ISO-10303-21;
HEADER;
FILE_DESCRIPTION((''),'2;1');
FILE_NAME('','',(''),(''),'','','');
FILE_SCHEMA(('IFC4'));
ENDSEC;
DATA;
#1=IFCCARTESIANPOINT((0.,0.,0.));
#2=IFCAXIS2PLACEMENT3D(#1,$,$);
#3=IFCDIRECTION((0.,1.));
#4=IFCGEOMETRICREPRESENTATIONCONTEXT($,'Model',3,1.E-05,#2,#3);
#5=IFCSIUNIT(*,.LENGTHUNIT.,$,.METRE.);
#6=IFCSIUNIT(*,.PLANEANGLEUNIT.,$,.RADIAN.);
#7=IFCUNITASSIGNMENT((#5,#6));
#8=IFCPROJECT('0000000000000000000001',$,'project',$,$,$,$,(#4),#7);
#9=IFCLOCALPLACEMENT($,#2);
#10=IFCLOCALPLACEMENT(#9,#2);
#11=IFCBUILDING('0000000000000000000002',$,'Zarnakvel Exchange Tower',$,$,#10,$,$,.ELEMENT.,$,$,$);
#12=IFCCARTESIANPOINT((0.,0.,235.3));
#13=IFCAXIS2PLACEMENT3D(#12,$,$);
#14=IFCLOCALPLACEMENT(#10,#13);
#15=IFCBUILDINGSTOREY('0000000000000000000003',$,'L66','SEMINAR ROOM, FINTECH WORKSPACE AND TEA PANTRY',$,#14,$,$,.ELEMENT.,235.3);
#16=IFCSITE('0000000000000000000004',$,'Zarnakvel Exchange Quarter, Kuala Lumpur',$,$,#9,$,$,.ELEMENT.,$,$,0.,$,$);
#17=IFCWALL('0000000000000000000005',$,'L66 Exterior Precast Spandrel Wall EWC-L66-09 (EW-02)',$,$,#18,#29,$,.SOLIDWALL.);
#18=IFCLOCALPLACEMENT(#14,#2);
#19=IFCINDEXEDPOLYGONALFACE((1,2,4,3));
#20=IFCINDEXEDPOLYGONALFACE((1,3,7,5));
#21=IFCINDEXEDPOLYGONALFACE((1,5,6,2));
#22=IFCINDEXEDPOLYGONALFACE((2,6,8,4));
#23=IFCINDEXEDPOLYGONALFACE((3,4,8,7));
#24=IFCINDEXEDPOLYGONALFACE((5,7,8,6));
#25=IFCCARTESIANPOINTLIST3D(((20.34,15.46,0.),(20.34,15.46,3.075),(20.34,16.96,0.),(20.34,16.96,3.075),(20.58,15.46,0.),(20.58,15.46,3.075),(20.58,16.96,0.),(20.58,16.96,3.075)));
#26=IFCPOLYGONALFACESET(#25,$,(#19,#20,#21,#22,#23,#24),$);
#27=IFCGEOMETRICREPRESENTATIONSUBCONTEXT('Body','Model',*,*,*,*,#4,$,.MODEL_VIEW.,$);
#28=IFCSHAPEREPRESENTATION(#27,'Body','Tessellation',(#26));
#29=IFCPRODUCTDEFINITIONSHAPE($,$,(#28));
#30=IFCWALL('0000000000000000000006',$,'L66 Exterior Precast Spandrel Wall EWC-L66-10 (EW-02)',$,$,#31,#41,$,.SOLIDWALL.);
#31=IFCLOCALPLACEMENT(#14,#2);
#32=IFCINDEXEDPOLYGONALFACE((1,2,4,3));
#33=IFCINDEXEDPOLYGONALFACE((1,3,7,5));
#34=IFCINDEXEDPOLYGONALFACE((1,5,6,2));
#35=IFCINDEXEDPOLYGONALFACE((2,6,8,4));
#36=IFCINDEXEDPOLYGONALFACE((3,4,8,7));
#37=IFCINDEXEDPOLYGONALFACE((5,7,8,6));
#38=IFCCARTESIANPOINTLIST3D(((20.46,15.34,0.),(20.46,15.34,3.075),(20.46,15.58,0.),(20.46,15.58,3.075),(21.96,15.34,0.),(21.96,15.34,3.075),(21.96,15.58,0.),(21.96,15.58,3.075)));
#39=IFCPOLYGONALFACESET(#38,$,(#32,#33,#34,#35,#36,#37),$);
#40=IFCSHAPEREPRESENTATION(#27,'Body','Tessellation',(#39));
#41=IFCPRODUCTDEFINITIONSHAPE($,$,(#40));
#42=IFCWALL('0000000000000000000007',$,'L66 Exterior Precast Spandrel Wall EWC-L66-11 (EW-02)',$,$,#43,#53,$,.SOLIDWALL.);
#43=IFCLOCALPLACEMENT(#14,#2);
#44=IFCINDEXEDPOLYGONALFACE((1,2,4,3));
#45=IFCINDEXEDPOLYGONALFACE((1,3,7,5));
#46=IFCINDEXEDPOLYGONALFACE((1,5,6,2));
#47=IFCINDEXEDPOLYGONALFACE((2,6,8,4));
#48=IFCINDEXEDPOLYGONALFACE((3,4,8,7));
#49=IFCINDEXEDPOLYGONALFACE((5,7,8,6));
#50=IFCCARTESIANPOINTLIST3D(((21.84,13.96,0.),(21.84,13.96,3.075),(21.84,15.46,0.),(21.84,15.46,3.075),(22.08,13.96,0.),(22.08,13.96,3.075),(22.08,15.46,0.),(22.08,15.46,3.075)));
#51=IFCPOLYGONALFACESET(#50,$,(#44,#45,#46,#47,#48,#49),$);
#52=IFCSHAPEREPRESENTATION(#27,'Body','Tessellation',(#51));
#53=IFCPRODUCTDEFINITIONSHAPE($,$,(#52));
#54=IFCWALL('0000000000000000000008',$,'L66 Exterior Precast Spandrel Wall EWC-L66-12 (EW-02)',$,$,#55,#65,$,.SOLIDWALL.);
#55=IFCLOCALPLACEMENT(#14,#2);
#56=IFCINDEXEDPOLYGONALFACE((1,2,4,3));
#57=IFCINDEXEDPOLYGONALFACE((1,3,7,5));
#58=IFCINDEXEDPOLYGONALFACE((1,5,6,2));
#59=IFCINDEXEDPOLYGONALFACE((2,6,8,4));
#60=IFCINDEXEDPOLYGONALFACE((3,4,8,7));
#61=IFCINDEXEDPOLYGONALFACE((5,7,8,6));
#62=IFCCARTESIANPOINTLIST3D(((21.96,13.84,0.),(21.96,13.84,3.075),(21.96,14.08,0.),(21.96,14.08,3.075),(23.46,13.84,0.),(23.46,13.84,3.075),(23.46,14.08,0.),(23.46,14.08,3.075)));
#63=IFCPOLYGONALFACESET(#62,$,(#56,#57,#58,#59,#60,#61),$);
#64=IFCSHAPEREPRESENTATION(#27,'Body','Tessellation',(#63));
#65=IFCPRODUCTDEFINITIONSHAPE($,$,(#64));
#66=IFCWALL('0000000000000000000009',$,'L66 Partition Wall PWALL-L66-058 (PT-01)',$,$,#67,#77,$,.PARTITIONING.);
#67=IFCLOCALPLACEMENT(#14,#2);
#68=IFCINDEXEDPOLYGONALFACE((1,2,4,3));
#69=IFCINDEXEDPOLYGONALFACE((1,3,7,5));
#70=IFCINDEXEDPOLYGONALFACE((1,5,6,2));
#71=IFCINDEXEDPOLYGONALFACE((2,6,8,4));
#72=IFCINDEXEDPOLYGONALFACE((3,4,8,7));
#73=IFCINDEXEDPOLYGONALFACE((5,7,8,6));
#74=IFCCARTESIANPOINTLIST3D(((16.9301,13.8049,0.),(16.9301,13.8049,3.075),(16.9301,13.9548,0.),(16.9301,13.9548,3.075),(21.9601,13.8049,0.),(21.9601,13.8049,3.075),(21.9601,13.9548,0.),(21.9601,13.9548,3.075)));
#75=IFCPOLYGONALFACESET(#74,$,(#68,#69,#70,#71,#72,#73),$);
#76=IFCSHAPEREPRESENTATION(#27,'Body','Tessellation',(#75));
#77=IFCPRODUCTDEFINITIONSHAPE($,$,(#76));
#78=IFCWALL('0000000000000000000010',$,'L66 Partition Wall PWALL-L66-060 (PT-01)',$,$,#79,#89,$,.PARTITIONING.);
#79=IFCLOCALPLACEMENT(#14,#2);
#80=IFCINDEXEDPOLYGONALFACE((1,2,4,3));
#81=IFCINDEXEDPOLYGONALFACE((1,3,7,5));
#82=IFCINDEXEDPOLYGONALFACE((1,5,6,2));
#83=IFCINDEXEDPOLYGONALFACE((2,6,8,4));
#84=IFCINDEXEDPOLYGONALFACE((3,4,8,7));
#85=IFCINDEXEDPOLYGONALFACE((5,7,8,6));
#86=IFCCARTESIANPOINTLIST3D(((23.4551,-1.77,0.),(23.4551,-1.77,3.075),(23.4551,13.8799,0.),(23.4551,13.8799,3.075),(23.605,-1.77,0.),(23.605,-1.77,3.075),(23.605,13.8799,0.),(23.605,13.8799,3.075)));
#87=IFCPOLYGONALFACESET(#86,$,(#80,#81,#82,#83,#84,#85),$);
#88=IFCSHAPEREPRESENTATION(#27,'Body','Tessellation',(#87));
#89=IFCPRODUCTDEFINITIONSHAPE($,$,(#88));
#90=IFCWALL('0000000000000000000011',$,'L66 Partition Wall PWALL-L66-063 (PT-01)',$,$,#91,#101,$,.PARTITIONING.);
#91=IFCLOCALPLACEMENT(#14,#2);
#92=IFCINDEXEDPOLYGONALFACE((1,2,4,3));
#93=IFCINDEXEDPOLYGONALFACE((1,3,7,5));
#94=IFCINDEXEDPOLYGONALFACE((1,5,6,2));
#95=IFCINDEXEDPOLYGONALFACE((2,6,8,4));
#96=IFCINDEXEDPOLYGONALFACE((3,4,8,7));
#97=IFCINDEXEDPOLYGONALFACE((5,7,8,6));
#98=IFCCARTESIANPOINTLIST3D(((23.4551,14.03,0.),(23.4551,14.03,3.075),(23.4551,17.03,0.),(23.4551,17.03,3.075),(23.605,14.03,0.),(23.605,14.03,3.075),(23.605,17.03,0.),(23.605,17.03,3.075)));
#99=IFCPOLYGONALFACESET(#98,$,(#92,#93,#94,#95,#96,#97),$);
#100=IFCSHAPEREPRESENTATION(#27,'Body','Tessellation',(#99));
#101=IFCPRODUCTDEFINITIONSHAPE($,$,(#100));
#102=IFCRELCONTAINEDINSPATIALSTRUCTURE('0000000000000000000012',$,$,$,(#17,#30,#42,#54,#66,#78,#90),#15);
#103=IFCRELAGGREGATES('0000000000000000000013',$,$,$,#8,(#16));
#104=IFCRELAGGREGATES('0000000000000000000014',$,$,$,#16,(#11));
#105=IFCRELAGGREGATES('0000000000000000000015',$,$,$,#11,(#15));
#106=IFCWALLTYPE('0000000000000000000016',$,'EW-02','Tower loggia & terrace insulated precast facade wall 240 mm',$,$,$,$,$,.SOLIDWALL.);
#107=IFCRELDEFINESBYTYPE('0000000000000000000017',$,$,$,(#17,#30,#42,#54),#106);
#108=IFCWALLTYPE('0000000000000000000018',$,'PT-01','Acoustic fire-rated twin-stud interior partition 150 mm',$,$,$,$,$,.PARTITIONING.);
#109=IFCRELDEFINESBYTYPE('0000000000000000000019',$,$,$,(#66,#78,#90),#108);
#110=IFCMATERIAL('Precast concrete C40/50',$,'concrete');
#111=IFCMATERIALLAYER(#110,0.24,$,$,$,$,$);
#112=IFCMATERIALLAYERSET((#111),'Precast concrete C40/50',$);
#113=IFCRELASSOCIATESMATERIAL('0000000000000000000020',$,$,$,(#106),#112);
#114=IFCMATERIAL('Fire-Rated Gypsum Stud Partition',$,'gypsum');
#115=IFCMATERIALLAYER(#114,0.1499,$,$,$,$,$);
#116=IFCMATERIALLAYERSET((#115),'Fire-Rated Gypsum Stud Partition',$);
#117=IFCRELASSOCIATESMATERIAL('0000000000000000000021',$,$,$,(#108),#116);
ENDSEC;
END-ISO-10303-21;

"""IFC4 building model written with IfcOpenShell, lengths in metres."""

from ifc_helpers import new_model, si_unit, direction, frame, frame_2d, origin, place, context, subcontext, project, spatial, rectangle, extrude, material, layer, layer_set, type_object, element, save


model = new_model("IFC4")

# Units and contexts
model_context = context("Model", 3, precision=1e-05, world=origin(), true_north=direction((0.0, 1.0)))
body_context = subcontext(model_context, "Body", "Model", "MODEL_VIEW")
ifc_project = project(units=[si_unit("LENGTHUNIT", "METRE"), si_unit("PLANEANGLEUNIT", "RADIAN")], contexts=[model_context])

# Site, building, storey
site_placement = place(None, origin())
site = spatial("IfcSite", under=ifc_project, at=site_placement, Name="Zarnakvel Exchange Quarter, Kuala Lumpur", CompositionType="ELEMENT", RefElevation=0.0)
building_placement = place(site_placement, origin())
building = spatial("IfcBuilding", under=site, at=building_placement, Name="Zarnakvel Exchange Tower", CompositionType="ELEMENT")
storey_placement = place(building_placement, frame((0.0, 0.0, 235.3)))
storey = spatial("IfcBuildingStorey", under=building, at=storey_placement, Name="L66", Description="SEMINAR ROOM, FINTECH WORKSPACE AND TEA PANTRY", CompositionType="ELEMENT", Elevation=235.3)

# Walls
ifc_material_1 = material(Name="Precast concrete C40/50", Category="concrete")
ifc_layer_1 = layer(ifc_material_1, 0.24)
ifc_layer_set_1 = layer_set([ifc_layer_1], Name="Precast concrete C40/50")
wall_type_1 = type_object("IfcWallType", Name="EW-02", Description="Tower loggia & terrace insulated precast facade wall 240 mm", PredefinedType="SOLIDWALL", material=ifc_layer_set_1)
for number, where, z_axis, x_axis, name in (
    (1, (20.46, 15.46, 0.0), (0.0, 0.0, 1.0), (0.0, 1.0, 0.0), "L66 Exterior Precast Spandrel Wall EWC-L66-09 (EW-02)"),
    (2, (21.96, 15.46, 0.0), (0.0, 0.0, 1.0), (-1.0, 0.0, 0.0), "L66 Exterior Precast Spandrel Wall EWC-L66-10 (EW-02)"),
    (3, (21.96, 13.96, 0.0), (0.0, 0.0, 1.0), (0.0, 1.0, 0.0), "L66 Exterior Precast Spandrel Wall EWC-L66-11 (EW-02)"),
    (4, (23.46, 13.96, 0.0), (0.0, 0.0, 1.0), (-1.0, 0.0, 0.0), "L66 Exterior Precast Spandrel Wall EWC-L66-12 (EW-02)"),
):
    element("IfcWall", number, at=place(storey_placement, frame(where, z_axis=z_axis, x_axis=x_axis)), inside=storey, type_object=wall_type_1, Name=name, PredefinedType="SOLIDWALL", context=body_context, shape_type="SweptSolid", body=[
        extrude(rectangle(XDim=1.5, YDim=0.24, at=frame_2d((0.75, 0.0))), origin(), (0.0, 0.0, 1.0), 3.075),
    ])
ifc_material_2 = material(Name="Fire-Rated Gypsum Stud Partition", Category="gypsum")
ifc_layer_2 = layer(ifc_material_2, 0.1499)
ifc_layer_set_2 = layer_set([ifc_layer_2], Name="Fire-Rated Gypsum Stud Partition")
wall_type_2 = type_object("IfcWallType", Name="PT-01", Description="Acoustic fire-rated twin-stud interior partition 150 mm", PredefinedType="PARTITIONING", material=ifc_layer_set_2)
wall_1_placement = place(storey_placement, frame((16.9299, 13.8799, 0.0), z_axis=(0.0, 0.0, 1.0), x_axis=(1.0, 0.0, 0.0)))
element("IfcWall", 5, at=wall_1_placement, inside=storey, type_object=wall_type_2, Name="L66 Partition Wall PWALL-L66-058 (PT-01)", PredefinedType="PARTITIONING", context=body_context, shape_type="SweptSolid", body=[
    extrude(rectangle(XDim=5.03, YDim=0.1499, at=frame_2d((2.5151, 0.0))), origin(), (0.0, 0.0, 1.0), 3.075),
])
wall_2_placement = place(storey_placement, frame((23.53, 13.8799, 0.0), z_axis=(0.0, 0.0, 1.0), x_axis=(0.0, -1.0, 0.0)))
element("IfcWall", 6, at=wall_2_placement, inside=storey, type_object=wall_type_2, Name="L66 Partition Wall PWALL-L66-060 (PT-01)", PredefinedType="PARTITIONING", context=body_context, shape_type="SweptSolid", body=[
    extrude(rectangle(XDim=15.6499, YDim=0.1499, at=frame_2d((7.825, 0.0))), origin(), (0.0, 0.0, 1.0), 3.075),
])
wall_3_placement = place(storey_placement, frame((23.53, 17.03, 0.0), z_axis=(0.0, 0.0, 1.0), x_axis=(0.0, -1.0, 0.0)))
element("IfcWall", 7, at=wall_3_placement, inside=storey, type_object=wall_type_2, Name="L66 Partition Wall PWALL-L66-063 (PT-01)", PredefinedType="PARTITIONING", context=body_context, shape_type="SweptSolid", body=[
    extrude(rectangle(XDim=3.0, YDim=0.1499, at=frame_2d((1.5, 0.0))), origin(), (0.0, 0.0, 1.0), 3.075),
])

save(model, "model.ifc")
